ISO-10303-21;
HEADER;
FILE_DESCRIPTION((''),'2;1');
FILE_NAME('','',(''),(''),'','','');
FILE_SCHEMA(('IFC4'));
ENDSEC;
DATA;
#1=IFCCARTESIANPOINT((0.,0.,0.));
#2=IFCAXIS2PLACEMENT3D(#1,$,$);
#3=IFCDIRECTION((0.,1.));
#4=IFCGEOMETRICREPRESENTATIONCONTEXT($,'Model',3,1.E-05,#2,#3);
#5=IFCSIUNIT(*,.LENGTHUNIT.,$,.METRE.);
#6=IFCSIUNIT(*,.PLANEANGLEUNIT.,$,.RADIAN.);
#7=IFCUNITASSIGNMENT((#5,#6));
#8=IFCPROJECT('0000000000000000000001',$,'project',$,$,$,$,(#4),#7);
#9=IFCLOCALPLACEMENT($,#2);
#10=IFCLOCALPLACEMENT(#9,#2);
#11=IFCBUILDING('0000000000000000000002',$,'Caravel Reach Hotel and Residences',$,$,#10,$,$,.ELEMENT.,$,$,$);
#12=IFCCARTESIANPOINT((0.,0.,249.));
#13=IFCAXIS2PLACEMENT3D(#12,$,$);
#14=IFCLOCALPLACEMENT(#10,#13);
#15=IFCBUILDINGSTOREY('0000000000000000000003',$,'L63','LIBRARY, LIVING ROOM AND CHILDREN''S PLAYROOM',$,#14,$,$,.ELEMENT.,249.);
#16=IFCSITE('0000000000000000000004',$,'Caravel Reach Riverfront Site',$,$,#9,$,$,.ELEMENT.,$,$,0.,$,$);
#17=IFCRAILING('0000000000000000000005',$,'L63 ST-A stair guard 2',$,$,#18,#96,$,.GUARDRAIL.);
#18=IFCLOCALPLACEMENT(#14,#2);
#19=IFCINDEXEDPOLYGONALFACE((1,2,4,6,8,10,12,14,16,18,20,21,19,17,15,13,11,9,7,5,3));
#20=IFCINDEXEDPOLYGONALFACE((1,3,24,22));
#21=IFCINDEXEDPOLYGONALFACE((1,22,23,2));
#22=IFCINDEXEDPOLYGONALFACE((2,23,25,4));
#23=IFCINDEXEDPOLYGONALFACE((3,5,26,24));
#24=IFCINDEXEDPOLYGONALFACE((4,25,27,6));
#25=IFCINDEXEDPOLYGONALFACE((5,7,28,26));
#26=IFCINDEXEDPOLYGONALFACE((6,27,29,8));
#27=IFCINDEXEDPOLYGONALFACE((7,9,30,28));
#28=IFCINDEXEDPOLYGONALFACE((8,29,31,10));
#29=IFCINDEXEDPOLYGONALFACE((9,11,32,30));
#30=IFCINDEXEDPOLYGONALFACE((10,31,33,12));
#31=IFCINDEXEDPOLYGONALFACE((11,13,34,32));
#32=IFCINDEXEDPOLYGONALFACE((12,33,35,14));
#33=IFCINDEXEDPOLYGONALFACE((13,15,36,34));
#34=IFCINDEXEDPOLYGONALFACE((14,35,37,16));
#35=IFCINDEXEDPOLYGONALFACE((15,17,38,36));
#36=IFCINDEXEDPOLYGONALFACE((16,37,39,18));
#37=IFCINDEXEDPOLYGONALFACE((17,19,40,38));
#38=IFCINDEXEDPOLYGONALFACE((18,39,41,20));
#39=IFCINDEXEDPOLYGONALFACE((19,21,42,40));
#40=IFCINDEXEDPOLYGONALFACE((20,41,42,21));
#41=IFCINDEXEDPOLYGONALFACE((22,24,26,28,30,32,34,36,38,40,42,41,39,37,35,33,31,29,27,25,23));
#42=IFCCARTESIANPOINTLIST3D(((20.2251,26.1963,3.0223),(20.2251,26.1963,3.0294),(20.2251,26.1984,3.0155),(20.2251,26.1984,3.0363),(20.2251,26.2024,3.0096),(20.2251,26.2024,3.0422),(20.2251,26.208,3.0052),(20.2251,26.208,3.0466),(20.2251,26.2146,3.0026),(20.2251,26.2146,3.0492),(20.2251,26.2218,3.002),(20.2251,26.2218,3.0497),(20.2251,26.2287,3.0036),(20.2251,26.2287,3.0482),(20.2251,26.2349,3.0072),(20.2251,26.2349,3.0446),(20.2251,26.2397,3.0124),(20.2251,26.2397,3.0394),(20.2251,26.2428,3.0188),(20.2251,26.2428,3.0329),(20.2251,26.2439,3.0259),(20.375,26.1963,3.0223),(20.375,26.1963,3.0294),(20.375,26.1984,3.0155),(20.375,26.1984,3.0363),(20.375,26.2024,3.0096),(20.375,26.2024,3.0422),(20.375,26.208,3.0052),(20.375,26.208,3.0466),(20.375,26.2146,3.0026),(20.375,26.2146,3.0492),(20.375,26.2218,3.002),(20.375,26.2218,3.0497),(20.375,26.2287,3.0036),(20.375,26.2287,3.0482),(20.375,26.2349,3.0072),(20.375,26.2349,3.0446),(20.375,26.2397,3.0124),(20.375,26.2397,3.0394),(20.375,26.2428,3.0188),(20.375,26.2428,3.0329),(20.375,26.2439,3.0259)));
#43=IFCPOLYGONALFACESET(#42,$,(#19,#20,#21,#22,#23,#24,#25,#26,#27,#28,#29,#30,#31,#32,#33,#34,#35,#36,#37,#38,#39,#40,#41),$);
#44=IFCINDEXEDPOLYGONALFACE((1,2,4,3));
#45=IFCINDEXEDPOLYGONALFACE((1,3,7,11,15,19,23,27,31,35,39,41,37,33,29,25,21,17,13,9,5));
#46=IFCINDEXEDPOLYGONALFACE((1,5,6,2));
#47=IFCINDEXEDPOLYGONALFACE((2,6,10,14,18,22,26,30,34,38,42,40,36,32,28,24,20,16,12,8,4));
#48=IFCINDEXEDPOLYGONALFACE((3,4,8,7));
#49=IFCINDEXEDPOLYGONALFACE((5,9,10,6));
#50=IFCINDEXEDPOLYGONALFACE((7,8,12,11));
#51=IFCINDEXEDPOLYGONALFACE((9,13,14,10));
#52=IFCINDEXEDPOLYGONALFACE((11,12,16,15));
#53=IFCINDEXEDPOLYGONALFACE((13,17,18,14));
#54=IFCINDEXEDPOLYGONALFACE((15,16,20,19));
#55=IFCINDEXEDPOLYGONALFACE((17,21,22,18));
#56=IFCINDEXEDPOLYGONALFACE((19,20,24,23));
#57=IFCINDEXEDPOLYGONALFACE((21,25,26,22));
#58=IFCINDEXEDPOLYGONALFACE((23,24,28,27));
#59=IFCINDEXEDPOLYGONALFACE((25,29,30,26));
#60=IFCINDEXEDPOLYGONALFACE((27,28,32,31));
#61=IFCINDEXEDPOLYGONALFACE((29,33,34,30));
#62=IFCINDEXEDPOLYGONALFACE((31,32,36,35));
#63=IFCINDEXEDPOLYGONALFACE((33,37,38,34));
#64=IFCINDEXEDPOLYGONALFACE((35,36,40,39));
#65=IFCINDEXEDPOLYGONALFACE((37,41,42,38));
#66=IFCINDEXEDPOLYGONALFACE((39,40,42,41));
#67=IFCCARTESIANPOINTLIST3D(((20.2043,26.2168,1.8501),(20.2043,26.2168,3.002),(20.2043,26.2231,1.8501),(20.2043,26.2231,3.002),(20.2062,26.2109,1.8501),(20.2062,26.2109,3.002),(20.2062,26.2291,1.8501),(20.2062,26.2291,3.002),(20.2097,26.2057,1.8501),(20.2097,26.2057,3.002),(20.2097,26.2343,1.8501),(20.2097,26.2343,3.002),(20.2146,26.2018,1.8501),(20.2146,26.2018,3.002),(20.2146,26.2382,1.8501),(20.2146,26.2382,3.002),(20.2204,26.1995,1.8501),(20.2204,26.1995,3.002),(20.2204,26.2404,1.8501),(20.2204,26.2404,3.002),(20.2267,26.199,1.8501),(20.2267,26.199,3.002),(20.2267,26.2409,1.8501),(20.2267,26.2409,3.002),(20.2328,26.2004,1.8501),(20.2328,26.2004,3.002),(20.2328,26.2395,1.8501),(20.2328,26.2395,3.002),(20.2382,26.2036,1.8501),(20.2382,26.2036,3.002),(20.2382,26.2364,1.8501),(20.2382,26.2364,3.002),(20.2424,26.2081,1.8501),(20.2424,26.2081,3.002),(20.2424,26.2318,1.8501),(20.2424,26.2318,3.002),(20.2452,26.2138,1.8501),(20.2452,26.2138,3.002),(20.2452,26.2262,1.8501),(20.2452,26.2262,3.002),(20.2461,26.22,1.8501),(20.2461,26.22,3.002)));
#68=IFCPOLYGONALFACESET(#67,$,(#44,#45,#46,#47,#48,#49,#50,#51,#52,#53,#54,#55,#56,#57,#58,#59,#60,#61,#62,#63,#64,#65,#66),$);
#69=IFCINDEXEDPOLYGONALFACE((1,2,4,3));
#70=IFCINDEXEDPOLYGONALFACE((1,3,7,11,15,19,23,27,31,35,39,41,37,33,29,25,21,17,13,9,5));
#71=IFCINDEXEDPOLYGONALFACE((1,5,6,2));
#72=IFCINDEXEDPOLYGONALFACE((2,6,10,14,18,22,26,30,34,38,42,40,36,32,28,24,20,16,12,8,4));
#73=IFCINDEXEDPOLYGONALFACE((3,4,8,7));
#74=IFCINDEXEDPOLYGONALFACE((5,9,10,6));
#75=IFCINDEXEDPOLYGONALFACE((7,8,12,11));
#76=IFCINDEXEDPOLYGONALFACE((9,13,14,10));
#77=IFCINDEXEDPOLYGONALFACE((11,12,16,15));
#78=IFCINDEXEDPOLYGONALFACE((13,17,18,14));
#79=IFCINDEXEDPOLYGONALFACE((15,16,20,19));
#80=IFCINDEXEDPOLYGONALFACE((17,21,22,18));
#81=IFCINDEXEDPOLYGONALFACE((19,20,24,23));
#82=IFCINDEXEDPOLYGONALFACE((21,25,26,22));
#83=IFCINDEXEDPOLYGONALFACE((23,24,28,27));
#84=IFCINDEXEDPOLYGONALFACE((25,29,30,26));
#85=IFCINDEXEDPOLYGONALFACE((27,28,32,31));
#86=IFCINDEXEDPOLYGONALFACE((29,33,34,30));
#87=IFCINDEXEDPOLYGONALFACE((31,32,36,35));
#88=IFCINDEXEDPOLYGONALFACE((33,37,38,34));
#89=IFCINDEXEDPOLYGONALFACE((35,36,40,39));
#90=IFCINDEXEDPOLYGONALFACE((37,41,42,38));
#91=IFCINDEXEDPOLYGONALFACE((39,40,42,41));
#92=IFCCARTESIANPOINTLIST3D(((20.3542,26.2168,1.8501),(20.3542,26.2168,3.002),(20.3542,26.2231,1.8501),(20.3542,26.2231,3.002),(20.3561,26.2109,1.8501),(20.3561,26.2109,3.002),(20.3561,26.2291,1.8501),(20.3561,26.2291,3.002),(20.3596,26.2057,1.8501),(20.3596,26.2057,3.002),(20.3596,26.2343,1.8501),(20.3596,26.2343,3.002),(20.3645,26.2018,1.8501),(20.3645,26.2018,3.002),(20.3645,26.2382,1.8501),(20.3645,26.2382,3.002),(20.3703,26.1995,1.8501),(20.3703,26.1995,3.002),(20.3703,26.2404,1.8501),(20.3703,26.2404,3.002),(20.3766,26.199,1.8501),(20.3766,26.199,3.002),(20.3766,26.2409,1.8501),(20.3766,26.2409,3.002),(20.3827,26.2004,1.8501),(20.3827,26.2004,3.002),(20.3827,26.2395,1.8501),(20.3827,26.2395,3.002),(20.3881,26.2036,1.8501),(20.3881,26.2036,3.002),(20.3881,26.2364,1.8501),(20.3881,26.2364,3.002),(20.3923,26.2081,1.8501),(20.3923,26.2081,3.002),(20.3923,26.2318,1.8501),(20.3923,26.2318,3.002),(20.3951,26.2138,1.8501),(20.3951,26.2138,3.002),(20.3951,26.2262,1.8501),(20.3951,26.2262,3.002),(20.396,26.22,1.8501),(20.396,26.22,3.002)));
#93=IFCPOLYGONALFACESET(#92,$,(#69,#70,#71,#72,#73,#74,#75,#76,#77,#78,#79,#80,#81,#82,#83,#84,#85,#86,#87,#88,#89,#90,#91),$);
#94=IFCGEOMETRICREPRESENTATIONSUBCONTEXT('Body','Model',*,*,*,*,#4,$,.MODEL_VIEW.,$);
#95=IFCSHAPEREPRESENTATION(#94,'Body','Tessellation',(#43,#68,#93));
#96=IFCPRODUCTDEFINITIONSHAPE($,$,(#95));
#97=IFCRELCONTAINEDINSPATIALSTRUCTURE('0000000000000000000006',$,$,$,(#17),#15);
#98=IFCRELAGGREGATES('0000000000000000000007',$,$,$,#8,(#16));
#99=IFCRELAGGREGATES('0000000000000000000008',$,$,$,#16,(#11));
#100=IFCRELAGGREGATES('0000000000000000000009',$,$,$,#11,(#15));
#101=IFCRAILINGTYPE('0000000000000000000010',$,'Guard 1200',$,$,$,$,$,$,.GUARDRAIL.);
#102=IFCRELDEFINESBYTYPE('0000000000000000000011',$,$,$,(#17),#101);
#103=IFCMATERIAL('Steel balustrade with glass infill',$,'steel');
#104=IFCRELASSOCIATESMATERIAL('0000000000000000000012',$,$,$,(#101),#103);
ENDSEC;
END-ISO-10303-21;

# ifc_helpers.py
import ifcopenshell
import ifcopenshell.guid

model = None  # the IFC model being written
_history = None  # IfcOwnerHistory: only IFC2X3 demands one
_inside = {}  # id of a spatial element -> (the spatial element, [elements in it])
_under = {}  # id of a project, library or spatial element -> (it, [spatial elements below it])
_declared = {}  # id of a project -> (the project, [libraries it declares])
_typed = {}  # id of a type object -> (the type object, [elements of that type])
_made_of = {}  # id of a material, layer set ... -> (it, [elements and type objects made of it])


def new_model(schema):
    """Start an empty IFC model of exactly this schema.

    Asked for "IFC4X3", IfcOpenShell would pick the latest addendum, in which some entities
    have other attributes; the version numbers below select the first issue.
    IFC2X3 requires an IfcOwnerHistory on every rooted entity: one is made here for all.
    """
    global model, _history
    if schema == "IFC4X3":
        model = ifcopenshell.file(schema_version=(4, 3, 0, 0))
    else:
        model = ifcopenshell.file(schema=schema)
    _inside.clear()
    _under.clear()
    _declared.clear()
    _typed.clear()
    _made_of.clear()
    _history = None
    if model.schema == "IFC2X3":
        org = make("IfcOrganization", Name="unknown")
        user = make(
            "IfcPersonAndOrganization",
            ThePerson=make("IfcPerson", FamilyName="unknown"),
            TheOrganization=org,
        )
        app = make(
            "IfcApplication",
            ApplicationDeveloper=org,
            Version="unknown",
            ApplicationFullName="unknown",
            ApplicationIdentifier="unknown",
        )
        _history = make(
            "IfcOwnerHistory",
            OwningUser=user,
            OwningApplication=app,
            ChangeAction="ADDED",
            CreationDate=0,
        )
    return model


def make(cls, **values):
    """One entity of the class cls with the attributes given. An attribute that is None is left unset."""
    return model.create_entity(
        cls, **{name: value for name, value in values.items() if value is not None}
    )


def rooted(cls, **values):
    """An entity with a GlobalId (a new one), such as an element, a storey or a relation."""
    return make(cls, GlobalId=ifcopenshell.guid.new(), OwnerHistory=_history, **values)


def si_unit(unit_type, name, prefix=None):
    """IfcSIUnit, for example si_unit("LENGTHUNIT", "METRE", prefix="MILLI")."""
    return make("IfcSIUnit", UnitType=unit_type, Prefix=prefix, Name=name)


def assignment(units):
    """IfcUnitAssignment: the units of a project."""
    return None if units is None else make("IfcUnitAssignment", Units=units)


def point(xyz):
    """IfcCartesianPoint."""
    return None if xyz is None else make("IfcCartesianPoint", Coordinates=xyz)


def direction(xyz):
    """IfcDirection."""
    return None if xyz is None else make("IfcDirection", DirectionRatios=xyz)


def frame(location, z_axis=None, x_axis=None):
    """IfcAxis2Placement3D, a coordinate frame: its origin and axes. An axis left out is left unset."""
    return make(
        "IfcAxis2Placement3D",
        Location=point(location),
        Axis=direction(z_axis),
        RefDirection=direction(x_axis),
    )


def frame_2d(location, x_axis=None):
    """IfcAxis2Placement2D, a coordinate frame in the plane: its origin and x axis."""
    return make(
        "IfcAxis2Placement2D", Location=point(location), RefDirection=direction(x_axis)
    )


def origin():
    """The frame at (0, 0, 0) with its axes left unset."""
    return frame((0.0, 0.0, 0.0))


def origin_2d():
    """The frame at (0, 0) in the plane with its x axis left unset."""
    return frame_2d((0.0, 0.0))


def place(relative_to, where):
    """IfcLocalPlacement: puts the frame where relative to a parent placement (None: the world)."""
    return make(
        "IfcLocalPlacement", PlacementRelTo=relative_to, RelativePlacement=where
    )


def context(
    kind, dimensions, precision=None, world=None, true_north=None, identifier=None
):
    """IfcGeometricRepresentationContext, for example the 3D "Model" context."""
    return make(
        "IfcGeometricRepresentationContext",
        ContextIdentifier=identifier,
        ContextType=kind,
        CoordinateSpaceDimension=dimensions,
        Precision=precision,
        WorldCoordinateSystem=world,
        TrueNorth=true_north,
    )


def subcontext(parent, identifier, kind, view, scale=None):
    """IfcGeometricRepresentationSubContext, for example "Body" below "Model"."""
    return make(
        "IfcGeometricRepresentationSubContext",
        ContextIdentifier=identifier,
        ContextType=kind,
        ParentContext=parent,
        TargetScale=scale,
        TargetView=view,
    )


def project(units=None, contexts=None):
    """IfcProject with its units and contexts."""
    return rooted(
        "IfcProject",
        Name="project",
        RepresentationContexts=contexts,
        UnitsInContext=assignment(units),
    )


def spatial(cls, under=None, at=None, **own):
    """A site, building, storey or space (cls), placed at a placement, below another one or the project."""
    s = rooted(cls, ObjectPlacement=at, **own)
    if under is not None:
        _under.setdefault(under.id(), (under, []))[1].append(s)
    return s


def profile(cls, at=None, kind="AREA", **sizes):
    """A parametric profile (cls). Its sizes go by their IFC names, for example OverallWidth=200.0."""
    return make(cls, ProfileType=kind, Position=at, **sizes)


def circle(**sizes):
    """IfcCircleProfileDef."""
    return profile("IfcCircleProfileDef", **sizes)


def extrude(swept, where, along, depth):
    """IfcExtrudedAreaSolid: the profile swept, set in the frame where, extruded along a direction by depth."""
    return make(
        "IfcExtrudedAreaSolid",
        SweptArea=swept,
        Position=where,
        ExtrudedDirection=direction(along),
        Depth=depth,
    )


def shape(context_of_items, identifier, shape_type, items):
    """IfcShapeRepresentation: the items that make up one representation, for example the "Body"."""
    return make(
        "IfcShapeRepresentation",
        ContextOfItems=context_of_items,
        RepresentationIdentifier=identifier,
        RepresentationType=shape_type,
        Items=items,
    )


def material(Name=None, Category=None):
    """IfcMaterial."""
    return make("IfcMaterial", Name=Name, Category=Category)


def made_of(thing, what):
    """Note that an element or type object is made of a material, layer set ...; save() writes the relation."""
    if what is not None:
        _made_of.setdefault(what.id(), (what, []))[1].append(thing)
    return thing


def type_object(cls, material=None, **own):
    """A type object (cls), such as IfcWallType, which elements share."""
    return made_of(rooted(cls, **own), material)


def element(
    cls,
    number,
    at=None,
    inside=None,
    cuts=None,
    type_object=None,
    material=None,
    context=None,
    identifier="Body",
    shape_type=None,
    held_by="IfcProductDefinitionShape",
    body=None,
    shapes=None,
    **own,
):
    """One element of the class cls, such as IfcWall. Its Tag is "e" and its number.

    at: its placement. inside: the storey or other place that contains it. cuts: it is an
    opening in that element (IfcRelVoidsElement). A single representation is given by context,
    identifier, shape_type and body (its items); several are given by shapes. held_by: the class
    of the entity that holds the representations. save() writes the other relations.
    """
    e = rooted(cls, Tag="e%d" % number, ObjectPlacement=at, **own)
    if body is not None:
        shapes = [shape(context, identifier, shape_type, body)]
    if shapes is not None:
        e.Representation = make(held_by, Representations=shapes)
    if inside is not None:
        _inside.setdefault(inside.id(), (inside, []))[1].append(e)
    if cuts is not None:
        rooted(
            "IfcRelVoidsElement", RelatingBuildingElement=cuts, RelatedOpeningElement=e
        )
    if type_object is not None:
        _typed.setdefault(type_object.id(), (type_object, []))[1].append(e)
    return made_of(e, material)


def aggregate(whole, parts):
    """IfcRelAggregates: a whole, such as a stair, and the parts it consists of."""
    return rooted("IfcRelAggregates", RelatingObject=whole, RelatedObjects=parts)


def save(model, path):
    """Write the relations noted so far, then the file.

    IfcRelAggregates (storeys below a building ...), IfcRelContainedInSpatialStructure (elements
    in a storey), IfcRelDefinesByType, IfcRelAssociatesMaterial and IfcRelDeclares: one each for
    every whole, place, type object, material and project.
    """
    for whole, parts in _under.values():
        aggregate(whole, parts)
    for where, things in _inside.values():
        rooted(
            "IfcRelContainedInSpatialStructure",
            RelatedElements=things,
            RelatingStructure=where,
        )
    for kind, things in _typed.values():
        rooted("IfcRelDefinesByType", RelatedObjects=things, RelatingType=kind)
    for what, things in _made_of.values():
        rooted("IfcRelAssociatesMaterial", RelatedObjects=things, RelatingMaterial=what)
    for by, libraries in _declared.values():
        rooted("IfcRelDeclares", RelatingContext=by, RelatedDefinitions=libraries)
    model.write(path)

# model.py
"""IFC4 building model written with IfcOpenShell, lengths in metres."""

from ifc_helpers import new_model, si_unit, direction, frame, origin, origin_2d, place, context, subcontext, project, spatial, circle, extrude, material, type_object, element, save


model = new_model("IFC4")

# Units and contexts
model_context = context("Model", 3, precision=1e-05, world=origin(), true_north=direction((0.0, 1.0)))
body_context = subcontext(model_context, "Body", "Model", "MODEL_VIEW")
ifc_project = project(units=[si_unit("LENGTHUNIT", "METRE"), si_unit("PLANEANGLEUNIT", "RADIAN")], contexts=[model_context])

# Site, building, storey
site_placement = place(None, origin())
site = spatial("IfcSite", under=ifc_project, at=site_placement, Name="Caravel Reach Riverfront Site", CompositionType="ELEMENT", RefElevation=0.0)
building_placement = place(site_placement, origin())
building = spatial("IfcBuilding", under=site, at=building_placement, Name="Caravel Reach Hotel and Residences", CompositionType="ELEMENT")
storey_placement = place(building_placement, frame((0.0, 0.0, 249.0)))
storey = spatial("IfcBuildingStorey", under=building, at=storey_placement, Name="L63", Description="LIBRARY, LIVING ROOM AND CHILDREN'S PLAYROOM", CompositionType="ELEMENT", Elevation=249.0)

# Railing
ifc_material_1 = material(Name="Steel balustrade with glass infill", Category="steel")
railing_type_1 = type_object("IfcRailingType", Name="Guard 1200", PredefinedType="GUARDRAIL", material=ifc_material_1)
railing_1_placement = place(storey_placement, frame((20.2251, 26.22, 1.8501)))
element("IfcRailing", 1, at=railing_1_placement, inside=storey, type_object=railing_type_1, Name="L63 ST-A stair guard 2", PredefinedType="GUARDRAIL", context=body_context, shape_type="SweptSolid", body=[
    extrude(circle(Radius=0.0239, at=origin_2d()), frame((0.0, 0.0, 1.1758), z_axis=(1.0, 0.0, 0.0), x_axis=(0.0, 1.0, 0.0)), (0.0, 0.0, 1.0), 0.1499),
    extrude(circle(Radius=0.021, at=origin_2d()), origin(), (0.0, 0.0, 1.0), 1.1519),
    extrude(circle(Radius=0.021, at=origin_2d()), frame((0.1499, 0.0, 0.0)), (0.0, 0.0, 1.0), 1.1519),
])

save(model, "model.ifc")
